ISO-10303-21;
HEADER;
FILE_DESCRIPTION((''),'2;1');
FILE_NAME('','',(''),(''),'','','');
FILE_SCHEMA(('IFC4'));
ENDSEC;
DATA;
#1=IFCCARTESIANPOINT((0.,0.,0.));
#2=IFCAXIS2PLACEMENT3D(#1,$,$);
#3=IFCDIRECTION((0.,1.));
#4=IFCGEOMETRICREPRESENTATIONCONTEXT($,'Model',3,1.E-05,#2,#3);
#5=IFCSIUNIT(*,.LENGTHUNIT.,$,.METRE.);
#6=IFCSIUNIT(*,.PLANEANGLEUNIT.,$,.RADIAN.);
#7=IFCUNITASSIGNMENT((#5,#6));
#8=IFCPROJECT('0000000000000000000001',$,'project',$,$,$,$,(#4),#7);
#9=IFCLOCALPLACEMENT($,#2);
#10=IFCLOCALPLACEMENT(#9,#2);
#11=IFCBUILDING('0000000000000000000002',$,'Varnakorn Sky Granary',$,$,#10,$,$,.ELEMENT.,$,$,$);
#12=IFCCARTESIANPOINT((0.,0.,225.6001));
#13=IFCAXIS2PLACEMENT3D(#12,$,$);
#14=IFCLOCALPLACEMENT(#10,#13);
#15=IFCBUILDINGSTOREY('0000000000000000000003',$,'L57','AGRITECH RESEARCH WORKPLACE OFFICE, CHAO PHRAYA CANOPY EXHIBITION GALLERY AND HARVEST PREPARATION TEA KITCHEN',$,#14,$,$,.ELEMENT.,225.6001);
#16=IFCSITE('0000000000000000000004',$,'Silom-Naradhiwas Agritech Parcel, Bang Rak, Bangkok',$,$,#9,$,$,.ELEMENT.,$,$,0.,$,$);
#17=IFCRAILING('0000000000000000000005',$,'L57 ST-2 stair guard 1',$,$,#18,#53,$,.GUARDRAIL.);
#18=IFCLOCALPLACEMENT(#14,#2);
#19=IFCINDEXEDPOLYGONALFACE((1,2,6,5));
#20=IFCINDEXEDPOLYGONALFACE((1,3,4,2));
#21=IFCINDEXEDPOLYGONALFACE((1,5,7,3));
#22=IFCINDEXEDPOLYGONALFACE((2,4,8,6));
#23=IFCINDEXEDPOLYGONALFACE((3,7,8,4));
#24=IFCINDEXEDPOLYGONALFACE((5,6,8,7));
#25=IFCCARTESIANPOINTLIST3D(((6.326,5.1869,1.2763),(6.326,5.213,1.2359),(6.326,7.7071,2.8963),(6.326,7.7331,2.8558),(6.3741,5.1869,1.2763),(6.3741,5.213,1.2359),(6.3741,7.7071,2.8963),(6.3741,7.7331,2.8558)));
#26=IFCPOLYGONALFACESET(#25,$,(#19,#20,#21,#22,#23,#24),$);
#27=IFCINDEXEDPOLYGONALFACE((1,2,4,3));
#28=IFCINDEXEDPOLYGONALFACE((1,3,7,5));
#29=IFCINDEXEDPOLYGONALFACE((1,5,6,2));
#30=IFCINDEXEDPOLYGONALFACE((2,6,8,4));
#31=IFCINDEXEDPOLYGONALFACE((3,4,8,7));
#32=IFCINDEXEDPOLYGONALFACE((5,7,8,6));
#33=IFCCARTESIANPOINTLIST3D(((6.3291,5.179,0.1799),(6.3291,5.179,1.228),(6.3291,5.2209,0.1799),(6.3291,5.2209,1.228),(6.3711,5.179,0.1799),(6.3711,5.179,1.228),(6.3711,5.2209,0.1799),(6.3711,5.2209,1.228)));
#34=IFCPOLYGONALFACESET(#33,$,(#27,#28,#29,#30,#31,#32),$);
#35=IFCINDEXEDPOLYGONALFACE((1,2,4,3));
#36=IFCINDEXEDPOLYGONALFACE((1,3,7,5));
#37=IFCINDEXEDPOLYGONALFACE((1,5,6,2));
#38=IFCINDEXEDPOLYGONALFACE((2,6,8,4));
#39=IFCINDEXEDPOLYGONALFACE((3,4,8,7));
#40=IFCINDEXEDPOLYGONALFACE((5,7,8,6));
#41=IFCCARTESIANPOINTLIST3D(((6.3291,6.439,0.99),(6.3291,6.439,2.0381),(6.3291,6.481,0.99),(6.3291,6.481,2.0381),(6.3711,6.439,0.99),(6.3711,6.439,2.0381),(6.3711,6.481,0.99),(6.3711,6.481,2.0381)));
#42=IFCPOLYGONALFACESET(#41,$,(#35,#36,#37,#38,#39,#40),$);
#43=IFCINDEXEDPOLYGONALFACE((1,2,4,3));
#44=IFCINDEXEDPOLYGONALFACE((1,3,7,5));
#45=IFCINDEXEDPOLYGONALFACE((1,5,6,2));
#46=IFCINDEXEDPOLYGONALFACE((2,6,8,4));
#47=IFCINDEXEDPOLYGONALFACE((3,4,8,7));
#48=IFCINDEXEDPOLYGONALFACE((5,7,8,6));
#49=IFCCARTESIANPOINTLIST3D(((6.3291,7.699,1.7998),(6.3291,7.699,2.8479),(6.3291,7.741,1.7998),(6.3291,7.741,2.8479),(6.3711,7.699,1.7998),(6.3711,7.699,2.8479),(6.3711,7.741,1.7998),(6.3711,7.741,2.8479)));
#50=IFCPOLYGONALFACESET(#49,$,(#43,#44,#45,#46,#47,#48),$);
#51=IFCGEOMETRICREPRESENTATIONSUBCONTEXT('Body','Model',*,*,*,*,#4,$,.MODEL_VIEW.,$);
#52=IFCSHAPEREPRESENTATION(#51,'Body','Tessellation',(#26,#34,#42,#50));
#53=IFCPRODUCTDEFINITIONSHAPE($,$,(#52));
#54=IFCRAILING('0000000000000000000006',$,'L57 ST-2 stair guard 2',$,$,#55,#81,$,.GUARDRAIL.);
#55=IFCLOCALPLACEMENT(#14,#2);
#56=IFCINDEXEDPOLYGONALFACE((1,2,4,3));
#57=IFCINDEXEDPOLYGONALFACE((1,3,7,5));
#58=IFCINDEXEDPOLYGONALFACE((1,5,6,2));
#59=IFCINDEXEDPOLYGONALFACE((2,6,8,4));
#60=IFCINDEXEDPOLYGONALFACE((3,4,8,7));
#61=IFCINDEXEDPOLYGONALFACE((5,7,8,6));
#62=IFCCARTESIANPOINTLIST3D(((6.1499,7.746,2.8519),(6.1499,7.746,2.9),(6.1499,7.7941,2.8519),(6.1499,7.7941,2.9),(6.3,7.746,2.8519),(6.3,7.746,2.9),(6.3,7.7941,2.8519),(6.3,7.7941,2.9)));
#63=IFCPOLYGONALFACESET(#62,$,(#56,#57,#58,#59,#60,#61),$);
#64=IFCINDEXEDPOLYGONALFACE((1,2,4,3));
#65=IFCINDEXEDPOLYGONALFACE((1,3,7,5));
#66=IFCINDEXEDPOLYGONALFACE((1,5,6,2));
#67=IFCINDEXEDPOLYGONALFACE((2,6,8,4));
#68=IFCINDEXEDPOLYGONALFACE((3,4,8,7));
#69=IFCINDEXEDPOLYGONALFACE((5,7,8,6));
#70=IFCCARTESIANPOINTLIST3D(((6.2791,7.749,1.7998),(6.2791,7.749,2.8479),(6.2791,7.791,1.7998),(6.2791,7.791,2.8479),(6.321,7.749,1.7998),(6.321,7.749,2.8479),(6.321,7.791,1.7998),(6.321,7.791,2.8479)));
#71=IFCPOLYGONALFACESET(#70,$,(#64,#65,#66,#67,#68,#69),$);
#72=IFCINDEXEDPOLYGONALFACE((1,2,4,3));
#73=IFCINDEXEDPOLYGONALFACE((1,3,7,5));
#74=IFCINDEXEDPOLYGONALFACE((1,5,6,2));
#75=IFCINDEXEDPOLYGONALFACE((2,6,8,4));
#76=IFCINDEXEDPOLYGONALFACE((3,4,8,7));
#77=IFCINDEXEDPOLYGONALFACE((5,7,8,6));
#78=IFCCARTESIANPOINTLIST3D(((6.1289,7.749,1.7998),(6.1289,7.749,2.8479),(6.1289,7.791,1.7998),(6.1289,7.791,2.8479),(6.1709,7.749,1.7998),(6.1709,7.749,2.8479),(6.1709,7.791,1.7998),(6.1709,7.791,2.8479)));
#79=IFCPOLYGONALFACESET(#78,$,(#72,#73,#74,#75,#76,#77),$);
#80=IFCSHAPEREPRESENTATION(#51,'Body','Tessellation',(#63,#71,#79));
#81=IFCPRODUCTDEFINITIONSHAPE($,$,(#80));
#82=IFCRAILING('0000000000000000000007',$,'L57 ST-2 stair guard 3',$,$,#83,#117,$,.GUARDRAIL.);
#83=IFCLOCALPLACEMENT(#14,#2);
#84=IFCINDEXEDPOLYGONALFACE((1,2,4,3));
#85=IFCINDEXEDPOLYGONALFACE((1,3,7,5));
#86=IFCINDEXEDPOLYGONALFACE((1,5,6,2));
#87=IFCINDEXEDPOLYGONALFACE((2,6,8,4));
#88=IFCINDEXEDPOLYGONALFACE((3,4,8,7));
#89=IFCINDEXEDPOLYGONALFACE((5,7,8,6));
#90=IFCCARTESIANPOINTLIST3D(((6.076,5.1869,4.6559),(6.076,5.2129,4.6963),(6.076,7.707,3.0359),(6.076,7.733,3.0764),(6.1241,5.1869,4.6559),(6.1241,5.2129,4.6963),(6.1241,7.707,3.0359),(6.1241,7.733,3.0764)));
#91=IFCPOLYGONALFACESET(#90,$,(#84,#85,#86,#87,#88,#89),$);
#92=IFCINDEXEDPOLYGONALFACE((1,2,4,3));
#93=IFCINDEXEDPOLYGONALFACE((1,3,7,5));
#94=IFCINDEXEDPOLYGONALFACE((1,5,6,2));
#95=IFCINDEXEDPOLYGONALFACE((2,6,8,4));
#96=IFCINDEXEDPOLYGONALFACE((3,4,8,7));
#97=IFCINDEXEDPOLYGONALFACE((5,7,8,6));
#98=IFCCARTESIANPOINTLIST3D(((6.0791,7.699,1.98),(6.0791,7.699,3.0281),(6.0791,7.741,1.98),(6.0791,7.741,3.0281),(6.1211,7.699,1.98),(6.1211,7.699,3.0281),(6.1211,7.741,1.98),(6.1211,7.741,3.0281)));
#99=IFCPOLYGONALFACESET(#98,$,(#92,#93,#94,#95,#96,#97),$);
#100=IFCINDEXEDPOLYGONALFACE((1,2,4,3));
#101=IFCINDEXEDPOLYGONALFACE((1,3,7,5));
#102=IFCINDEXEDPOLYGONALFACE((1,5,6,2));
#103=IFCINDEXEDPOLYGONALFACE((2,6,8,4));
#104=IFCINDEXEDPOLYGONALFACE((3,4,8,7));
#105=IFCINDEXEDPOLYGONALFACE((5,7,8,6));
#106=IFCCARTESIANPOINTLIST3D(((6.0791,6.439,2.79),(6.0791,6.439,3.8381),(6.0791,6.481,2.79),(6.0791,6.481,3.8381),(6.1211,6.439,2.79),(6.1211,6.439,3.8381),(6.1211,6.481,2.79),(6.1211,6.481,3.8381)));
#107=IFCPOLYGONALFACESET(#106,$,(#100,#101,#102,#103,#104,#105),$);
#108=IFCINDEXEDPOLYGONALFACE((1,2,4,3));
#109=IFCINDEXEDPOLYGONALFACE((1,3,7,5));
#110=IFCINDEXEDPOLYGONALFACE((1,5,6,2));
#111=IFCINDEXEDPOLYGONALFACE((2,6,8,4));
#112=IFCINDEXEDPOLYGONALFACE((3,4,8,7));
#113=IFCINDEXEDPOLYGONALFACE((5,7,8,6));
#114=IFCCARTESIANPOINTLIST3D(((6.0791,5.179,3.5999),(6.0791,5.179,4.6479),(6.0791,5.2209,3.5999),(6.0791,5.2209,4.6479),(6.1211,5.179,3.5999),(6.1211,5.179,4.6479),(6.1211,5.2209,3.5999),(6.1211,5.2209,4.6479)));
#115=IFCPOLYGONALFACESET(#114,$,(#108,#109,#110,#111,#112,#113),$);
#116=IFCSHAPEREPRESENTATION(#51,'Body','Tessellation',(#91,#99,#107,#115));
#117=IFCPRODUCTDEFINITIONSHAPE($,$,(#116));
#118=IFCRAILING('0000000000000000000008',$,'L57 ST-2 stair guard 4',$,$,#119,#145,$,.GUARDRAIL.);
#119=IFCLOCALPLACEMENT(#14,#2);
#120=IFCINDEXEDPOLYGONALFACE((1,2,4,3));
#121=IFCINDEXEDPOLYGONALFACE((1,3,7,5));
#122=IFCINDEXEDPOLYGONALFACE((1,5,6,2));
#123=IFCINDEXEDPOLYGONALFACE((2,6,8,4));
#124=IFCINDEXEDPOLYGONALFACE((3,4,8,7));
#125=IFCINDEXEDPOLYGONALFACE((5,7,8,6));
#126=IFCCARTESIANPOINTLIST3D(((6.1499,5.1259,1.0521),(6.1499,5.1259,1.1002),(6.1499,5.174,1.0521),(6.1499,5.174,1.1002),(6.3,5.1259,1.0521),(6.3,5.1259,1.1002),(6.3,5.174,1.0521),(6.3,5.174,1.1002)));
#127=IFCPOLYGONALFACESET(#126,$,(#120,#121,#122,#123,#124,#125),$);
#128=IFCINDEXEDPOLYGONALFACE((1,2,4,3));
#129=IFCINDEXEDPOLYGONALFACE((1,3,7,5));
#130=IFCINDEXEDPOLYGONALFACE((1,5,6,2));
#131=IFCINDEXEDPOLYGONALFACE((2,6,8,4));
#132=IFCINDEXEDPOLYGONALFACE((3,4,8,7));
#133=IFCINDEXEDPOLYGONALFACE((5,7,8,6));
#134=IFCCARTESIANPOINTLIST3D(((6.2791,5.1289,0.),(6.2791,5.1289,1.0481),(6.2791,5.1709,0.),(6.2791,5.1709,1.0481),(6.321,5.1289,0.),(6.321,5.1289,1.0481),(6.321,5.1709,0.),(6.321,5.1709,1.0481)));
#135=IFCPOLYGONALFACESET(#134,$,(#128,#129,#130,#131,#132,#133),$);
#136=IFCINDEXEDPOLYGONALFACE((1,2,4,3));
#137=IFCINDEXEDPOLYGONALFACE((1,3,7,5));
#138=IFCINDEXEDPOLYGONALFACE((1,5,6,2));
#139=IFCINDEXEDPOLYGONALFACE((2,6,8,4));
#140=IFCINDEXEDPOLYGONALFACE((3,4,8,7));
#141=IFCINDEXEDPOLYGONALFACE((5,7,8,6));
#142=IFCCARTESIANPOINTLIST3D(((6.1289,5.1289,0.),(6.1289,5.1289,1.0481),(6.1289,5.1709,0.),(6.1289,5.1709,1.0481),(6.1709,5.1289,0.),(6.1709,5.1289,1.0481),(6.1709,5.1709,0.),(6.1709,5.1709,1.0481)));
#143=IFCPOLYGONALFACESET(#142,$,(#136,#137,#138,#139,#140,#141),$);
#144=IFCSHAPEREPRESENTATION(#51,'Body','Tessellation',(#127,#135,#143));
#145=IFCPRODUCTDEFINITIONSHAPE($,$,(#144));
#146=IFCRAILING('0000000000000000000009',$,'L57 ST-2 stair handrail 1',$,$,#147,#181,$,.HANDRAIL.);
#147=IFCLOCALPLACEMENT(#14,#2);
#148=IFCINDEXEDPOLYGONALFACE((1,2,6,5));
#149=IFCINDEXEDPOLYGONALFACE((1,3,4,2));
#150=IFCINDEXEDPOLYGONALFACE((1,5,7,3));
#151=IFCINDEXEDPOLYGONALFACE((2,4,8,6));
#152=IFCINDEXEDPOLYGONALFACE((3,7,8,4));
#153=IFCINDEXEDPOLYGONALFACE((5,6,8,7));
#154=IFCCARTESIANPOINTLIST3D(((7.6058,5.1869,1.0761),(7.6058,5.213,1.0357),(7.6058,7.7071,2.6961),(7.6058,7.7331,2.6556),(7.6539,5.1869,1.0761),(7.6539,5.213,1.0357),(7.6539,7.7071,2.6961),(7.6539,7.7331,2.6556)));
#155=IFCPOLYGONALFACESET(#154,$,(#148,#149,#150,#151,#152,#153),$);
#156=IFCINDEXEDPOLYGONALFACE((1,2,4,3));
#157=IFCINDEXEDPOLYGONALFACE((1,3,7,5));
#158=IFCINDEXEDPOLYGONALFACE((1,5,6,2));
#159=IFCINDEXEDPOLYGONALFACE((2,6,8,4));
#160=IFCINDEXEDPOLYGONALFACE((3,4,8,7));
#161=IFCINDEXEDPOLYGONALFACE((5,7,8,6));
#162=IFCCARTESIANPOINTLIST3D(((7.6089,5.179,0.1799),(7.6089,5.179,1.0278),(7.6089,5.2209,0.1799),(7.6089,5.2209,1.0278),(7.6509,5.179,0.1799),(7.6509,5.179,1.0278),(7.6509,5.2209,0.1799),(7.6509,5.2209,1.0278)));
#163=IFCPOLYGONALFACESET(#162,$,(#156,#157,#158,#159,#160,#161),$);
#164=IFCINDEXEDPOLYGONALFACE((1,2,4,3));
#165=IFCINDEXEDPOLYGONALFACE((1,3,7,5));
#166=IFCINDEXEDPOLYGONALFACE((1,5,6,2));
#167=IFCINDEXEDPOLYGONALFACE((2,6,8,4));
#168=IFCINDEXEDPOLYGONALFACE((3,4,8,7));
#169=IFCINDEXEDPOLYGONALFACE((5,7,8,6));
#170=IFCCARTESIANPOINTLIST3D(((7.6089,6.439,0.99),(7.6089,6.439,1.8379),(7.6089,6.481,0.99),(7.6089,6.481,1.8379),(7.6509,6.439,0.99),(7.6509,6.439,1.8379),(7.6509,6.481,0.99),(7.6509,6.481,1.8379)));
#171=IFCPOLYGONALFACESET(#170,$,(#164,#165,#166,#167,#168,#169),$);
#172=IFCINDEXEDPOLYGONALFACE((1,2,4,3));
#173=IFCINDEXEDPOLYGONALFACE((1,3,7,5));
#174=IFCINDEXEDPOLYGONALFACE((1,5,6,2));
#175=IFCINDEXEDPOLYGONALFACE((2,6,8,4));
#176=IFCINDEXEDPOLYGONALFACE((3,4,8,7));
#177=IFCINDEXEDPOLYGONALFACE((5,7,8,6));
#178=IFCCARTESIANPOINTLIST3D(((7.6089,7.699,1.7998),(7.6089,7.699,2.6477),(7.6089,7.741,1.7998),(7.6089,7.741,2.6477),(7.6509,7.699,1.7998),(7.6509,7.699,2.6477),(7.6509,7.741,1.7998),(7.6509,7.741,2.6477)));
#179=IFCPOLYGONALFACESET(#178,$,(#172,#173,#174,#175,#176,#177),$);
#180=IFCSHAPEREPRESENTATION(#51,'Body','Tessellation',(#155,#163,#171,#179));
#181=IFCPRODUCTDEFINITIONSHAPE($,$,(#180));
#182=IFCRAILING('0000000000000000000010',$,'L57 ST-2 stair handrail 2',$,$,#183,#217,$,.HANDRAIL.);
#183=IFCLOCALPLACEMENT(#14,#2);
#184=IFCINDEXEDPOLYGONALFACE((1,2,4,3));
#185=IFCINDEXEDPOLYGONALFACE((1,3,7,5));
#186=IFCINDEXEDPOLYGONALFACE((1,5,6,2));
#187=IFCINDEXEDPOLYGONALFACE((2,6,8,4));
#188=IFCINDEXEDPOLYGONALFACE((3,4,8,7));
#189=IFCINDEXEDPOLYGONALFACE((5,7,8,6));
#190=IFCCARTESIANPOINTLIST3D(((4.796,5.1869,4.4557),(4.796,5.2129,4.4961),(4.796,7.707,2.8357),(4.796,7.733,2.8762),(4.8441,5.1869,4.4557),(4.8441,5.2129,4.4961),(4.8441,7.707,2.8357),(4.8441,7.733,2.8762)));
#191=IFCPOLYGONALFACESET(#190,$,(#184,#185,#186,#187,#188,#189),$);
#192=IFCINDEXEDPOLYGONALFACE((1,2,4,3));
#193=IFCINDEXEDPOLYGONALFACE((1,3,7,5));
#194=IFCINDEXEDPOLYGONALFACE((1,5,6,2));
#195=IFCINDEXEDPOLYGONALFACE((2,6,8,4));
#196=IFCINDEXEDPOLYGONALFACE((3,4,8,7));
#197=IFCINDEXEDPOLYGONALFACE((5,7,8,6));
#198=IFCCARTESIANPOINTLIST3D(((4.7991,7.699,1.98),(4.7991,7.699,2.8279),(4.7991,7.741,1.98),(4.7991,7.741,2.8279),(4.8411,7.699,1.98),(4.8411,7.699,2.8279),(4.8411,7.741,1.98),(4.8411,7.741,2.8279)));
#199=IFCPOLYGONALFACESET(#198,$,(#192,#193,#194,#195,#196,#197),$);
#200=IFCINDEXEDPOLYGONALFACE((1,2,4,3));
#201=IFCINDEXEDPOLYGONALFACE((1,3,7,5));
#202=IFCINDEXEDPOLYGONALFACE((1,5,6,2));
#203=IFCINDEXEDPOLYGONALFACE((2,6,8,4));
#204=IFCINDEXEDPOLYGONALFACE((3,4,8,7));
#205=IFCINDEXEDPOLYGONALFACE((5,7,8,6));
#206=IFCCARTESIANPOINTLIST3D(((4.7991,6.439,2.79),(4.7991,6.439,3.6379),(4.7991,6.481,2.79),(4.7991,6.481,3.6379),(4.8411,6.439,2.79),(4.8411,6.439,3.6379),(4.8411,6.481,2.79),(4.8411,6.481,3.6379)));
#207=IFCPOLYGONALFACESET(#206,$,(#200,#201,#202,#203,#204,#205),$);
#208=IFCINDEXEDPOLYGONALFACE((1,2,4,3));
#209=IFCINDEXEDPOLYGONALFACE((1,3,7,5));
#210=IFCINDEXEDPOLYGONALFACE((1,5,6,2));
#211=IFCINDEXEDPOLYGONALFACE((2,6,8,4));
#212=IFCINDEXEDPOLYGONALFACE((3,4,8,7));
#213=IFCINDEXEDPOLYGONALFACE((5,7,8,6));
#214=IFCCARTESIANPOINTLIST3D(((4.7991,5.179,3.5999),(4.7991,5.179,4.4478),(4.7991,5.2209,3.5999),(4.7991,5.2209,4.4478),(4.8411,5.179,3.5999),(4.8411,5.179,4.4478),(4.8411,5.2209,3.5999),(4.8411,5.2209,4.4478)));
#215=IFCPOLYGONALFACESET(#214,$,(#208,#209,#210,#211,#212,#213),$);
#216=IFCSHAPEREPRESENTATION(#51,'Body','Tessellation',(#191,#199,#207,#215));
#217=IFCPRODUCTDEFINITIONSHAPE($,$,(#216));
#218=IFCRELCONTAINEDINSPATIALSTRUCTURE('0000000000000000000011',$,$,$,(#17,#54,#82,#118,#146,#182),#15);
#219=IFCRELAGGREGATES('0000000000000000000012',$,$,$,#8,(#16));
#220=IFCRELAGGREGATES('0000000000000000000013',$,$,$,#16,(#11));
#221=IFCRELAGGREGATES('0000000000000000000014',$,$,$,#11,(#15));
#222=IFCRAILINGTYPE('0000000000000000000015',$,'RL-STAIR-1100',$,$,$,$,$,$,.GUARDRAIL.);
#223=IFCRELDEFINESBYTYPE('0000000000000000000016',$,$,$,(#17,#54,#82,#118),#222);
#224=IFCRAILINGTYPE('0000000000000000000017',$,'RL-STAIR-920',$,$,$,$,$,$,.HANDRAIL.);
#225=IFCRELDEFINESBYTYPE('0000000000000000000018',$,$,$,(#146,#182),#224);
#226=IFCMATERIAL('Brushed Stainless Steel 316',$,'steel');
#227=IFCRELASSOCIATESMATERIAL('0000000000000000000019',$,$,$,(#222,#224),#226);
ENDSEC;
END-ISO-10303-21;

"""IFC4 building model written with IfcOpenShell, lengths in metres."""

from ifc_helpers import new_model, si_unit, direction, frame, origin, origin_2d, place, context, subcontext, project, spatial, rectangle, extrude, material, type_object, element, save


model = new_model("IFC4")

# Units and contexts
model_context = context("Model", 3, precision=1e-05, world=origin(), true_north=direction((0.0, 1.0)))
body_context = subcontext(model_context, "Body", "Model", "MODEL_VIEW")
ifc_project = project(units=[si_unit("LENGTHUNIT", "METRE"), si_unit("PLANEANGLEUNIT", "RADIAN")], contexts=[model_context])

# Site, building, storey
site_placement = place(None, origin())
site = spatial("IfcSite", under=ifc_project, at=site_placement, Name="Silom-Naradhiwas Agritech Parcel, Bang Rak, Bangkok", CompositionType="ELEMENT", RefElevation=0.0)
building_placement = place(site_placement, origin())
building = spatial("IfcBuilding", under=site, at=building_placement, Name="Varnakorn Sky Granary", CompositionType="ELEMENT")
storey_placement = place(building_placement, frame((0.0, 0.0, 225.6001)))
storey = spatial("IfcBuildingStorey", under=building, at=storey_placement, Name="L57", Description="AGRITECH RESEARCH WORKPLACE OFFICE, CHAO PHRAYA CANOPY EXHIBITION GALLERY AND HARVEST PREPARATION TEA KITCHEN", CompositionType="ELEMENT", Elevation=225.6001)

# Railings
ifc_material_1 = material(Name="Brushed Stainless Steel 316", Category="steel")
railing_type_1 = type_object("IfcRailingType", Name="RL-STAIR-1100", PredefinedType="GUARDRAIL", material=ifc_material_1)
railing_1_placement = place(storey_placement, frame((6.3501, 5.2, 0.1799)))
element("IfcRailing", 1, at=railing_1_placement, inside=storey, type_object=railing_type_1, Name="L57 ST-2 stair guard 1", PredefinedType="GUARDRAIL", context=body_context, shape_type="SweptSolid", body=[
    extrude(rectangle(XDim=0.0481, YDim=0.0481, at=origin_2d()), frame((0.0, 0.0, 1.0762), z_axis=(0.0, 0.8412, 0.540725), x_axis=(-1.0, 0.0, 0.0)), (0.0, 0.0, 1.0), 2.9958),
    extrude(rectangle(XDim=0.042, YDim=0.042, at=origin_2d()), origin(), (0.0, 0.0, 1.0), 1.0481),
    extrude(rectangle(XDim=0.042, YDim=0.042, at=origin_2d()), frame((0.0, 1.26, 0.8101)), (0.0, 0.0, 1.0), 1.0481),
    extrude(rectangle(XDim=0.042, YDim=0.042, at=origin_2d()), frame((0.0, 2.52, 1.6199)), (0.0, 0.0, 1.0), 1.0481),
])
railing_2_placement = place(storey_placement, frame((6.3, 7.77, 1.7998)))
element("IfcRailing", 2, at=railing_2_placement, inside=storey, type_object=railing_type_1, Name="L57 ST-2 stair guard 2", PredefinedType="GUARDRAIL", context=body_context, shape_type="SweptSolid", body=[
    extrude(rectangle(XDim=0.0481, YDim=0.0481, at=origin_2d()), frame((0.0, 0.0, 1.0762), z_axis=(-1.0, 0.0, 0.0), x_axis=(0.0, -1.0, 0.0)), (0.0, 0.0, 1.0), 0.1501),
    extrude(rectangle(XDim=0.042, YDim=0.042, at=origin_2d()), origin(), (0.0, 0.0, 1.0), 1.0481),
    extrude(rectangle(XDim=0.042, YDim=0.042, at=origin_2d()), frame((-0.1501, 0.0, 0.0)), (0.0, 0.0, 1.0), 1.0481),
])
railing_3_placement = place(storey_placement, frame((6.1001, 7.72, 1.98)))
element("IfcRailing", 3, at=railing_3_placement, inside=storey, type_object=railing_type_1, Name="L57 ST-2 stair guard 3", PredefinedType="GUARDRAIL", context=body_context, shape_type="SweptSolid", body=[
    extrude(rectangle(XDim=0.0481, YDim=0.0481, at=origin_2d()), frame((0.0, 0.0, 1.0762), z_axis=(0.0, -0.8412, 0.540725), x_axis=(1.0, 0.0, 0.0)), (0.0, 0.0, 1.0), 2.9958),
    extrude(rectangle(XDim=0.042, YDim=0.042, at=origin_2d()), origin(), (0.0, 0.0, 1.0), 1.0481),
    extrude(rectangle(XDim=0.042, YDim=0.042, at=origin_2d()), frame((0.0, -1.26, 0.8101)), (0.0, 0.0, 1.0), 1.0481),
    extrude(rectangle(XDim=0.042, YDim=0.042, at=origin_2d()), frame((0.0, -2.52, 1.6199)), (0.0, 0.0, 1.0), 1.0481),
])
railing_4_placement = place(storey_placement, frame((6.3, 5.1499, 0.0)))
element("IfcRailing", 4, at=railing_4_placement, inside=storey, type_object=railing_type_1, Name="L57 ST-2 stair guard 4", PredefinedType="GUARDRAIL", context=body_context, shape_type="SweptSolid", body=[
    extrude(rectangle(XDim=0.0481, YDim=0.0481, at=origin_2d()), frame((0.0, 0.0, 1.0762), z_axis=(-1.0, 0.0, 0.0), x_axis=(0.0, -1.0, 0.0)), (0.0, 0.0, 1.0), 0.1501),
    extrude(rectangle(XDim=0.042, YDim=0.042, at=origin_2d()), origin(), (0.0, 0.0, 1.0), 1.0481),
    extrude(rectangle(XDim=0.042, YDim=0.042, at=origin_2d()), frame((-0.1501, 0.0, 0.0)), (0.0, 0.0, 1.0), 1.0481),
])
railing_type_2 = type_object("IfcRailingType", Name="RL-STAIR-920", PredefinedType="HANDRAIL", material=ifc_material_1)
railing_5_placement = place(storey_placement, frame((7.6299, 5.2, 0.1799)))
element("IfcRailing", 5, at=railing_5_placement, inside=storey, type_object=railing_type_2, Name="L57 ST-2 stair handrail 1", PredefinedType="HANDRAIL", context=body_context, shape_type="SweptSolid", body=[
    extrude(rectangle(XDim=0.0481, YDim=0.0481, at=origin_2d()), frame((0.0, 0.0, 0.876), z_axis=(0.0, 0.8412, 0.540725), x_axis=(-1.0, 0.0, 0.0)), (0.0, 0.0, 1.0), 2.9958),
    extrude(rectangle(XDim=0.042, YDim=0.042, at=origin_2d()), origin(), (0.0, 0.0, 1.0), 0.8479),
    extrude(rectangle(XDim=0.042, YDim=0.042, at=origin_2d()), frame((0.0, 1.26, 0.8101)), (0.0, 0.0, 1.0), 0.8479),
    extrude(rectangle(XDim=0.042, YDim=0.042, at=origin_2d()), frame((0.0, 2.52, 1.6199)), (0.0, 0.0, 1.0), 0.8479),
])
railing_6_placement = place(storey_placement, frame((4.8201, 7.72, 1.98)))
element("IfcRailing", 6, at=railing_6_placement, inside=storey, type_object=railing_type_2, Name="L57 ST-2 stair handrail 2", PredefinedType="HANDRAIL", context=body_context, shape_type="SweptSolid", body=[
    extrude(rectangle(XDim=0.0481, YDim=0.0481, at=origin_2d()), frame((0.0, 0.0, 0.876), z_axis=(0.0, -0.8412, 0.540725), x_axis=(1.0, 0.0, 0.0)), (0.0, 0.0, 1.0), 2.9958),
    extrude(rectangle(XDim=0.042, YDim=0.042, at=origin_2d()), origin(), (0.0, 0.0, 1.0), 0.8479),
    extrude(rectangle(XDim=0.042, YDim=0.042, at=origin_2d()), frame((0.0, -1.26, 0.8101)), (0.0, 0.0, 1.0), 0.8479),
    extrude(rectangle(XDim=0.042, YDim=0.042, at=origin_2d()), frame((0.0, -2.52, 1.6199)), (0.0, 0.0, 1.0), 0.8479),
])

save(model, "model.ifc")
